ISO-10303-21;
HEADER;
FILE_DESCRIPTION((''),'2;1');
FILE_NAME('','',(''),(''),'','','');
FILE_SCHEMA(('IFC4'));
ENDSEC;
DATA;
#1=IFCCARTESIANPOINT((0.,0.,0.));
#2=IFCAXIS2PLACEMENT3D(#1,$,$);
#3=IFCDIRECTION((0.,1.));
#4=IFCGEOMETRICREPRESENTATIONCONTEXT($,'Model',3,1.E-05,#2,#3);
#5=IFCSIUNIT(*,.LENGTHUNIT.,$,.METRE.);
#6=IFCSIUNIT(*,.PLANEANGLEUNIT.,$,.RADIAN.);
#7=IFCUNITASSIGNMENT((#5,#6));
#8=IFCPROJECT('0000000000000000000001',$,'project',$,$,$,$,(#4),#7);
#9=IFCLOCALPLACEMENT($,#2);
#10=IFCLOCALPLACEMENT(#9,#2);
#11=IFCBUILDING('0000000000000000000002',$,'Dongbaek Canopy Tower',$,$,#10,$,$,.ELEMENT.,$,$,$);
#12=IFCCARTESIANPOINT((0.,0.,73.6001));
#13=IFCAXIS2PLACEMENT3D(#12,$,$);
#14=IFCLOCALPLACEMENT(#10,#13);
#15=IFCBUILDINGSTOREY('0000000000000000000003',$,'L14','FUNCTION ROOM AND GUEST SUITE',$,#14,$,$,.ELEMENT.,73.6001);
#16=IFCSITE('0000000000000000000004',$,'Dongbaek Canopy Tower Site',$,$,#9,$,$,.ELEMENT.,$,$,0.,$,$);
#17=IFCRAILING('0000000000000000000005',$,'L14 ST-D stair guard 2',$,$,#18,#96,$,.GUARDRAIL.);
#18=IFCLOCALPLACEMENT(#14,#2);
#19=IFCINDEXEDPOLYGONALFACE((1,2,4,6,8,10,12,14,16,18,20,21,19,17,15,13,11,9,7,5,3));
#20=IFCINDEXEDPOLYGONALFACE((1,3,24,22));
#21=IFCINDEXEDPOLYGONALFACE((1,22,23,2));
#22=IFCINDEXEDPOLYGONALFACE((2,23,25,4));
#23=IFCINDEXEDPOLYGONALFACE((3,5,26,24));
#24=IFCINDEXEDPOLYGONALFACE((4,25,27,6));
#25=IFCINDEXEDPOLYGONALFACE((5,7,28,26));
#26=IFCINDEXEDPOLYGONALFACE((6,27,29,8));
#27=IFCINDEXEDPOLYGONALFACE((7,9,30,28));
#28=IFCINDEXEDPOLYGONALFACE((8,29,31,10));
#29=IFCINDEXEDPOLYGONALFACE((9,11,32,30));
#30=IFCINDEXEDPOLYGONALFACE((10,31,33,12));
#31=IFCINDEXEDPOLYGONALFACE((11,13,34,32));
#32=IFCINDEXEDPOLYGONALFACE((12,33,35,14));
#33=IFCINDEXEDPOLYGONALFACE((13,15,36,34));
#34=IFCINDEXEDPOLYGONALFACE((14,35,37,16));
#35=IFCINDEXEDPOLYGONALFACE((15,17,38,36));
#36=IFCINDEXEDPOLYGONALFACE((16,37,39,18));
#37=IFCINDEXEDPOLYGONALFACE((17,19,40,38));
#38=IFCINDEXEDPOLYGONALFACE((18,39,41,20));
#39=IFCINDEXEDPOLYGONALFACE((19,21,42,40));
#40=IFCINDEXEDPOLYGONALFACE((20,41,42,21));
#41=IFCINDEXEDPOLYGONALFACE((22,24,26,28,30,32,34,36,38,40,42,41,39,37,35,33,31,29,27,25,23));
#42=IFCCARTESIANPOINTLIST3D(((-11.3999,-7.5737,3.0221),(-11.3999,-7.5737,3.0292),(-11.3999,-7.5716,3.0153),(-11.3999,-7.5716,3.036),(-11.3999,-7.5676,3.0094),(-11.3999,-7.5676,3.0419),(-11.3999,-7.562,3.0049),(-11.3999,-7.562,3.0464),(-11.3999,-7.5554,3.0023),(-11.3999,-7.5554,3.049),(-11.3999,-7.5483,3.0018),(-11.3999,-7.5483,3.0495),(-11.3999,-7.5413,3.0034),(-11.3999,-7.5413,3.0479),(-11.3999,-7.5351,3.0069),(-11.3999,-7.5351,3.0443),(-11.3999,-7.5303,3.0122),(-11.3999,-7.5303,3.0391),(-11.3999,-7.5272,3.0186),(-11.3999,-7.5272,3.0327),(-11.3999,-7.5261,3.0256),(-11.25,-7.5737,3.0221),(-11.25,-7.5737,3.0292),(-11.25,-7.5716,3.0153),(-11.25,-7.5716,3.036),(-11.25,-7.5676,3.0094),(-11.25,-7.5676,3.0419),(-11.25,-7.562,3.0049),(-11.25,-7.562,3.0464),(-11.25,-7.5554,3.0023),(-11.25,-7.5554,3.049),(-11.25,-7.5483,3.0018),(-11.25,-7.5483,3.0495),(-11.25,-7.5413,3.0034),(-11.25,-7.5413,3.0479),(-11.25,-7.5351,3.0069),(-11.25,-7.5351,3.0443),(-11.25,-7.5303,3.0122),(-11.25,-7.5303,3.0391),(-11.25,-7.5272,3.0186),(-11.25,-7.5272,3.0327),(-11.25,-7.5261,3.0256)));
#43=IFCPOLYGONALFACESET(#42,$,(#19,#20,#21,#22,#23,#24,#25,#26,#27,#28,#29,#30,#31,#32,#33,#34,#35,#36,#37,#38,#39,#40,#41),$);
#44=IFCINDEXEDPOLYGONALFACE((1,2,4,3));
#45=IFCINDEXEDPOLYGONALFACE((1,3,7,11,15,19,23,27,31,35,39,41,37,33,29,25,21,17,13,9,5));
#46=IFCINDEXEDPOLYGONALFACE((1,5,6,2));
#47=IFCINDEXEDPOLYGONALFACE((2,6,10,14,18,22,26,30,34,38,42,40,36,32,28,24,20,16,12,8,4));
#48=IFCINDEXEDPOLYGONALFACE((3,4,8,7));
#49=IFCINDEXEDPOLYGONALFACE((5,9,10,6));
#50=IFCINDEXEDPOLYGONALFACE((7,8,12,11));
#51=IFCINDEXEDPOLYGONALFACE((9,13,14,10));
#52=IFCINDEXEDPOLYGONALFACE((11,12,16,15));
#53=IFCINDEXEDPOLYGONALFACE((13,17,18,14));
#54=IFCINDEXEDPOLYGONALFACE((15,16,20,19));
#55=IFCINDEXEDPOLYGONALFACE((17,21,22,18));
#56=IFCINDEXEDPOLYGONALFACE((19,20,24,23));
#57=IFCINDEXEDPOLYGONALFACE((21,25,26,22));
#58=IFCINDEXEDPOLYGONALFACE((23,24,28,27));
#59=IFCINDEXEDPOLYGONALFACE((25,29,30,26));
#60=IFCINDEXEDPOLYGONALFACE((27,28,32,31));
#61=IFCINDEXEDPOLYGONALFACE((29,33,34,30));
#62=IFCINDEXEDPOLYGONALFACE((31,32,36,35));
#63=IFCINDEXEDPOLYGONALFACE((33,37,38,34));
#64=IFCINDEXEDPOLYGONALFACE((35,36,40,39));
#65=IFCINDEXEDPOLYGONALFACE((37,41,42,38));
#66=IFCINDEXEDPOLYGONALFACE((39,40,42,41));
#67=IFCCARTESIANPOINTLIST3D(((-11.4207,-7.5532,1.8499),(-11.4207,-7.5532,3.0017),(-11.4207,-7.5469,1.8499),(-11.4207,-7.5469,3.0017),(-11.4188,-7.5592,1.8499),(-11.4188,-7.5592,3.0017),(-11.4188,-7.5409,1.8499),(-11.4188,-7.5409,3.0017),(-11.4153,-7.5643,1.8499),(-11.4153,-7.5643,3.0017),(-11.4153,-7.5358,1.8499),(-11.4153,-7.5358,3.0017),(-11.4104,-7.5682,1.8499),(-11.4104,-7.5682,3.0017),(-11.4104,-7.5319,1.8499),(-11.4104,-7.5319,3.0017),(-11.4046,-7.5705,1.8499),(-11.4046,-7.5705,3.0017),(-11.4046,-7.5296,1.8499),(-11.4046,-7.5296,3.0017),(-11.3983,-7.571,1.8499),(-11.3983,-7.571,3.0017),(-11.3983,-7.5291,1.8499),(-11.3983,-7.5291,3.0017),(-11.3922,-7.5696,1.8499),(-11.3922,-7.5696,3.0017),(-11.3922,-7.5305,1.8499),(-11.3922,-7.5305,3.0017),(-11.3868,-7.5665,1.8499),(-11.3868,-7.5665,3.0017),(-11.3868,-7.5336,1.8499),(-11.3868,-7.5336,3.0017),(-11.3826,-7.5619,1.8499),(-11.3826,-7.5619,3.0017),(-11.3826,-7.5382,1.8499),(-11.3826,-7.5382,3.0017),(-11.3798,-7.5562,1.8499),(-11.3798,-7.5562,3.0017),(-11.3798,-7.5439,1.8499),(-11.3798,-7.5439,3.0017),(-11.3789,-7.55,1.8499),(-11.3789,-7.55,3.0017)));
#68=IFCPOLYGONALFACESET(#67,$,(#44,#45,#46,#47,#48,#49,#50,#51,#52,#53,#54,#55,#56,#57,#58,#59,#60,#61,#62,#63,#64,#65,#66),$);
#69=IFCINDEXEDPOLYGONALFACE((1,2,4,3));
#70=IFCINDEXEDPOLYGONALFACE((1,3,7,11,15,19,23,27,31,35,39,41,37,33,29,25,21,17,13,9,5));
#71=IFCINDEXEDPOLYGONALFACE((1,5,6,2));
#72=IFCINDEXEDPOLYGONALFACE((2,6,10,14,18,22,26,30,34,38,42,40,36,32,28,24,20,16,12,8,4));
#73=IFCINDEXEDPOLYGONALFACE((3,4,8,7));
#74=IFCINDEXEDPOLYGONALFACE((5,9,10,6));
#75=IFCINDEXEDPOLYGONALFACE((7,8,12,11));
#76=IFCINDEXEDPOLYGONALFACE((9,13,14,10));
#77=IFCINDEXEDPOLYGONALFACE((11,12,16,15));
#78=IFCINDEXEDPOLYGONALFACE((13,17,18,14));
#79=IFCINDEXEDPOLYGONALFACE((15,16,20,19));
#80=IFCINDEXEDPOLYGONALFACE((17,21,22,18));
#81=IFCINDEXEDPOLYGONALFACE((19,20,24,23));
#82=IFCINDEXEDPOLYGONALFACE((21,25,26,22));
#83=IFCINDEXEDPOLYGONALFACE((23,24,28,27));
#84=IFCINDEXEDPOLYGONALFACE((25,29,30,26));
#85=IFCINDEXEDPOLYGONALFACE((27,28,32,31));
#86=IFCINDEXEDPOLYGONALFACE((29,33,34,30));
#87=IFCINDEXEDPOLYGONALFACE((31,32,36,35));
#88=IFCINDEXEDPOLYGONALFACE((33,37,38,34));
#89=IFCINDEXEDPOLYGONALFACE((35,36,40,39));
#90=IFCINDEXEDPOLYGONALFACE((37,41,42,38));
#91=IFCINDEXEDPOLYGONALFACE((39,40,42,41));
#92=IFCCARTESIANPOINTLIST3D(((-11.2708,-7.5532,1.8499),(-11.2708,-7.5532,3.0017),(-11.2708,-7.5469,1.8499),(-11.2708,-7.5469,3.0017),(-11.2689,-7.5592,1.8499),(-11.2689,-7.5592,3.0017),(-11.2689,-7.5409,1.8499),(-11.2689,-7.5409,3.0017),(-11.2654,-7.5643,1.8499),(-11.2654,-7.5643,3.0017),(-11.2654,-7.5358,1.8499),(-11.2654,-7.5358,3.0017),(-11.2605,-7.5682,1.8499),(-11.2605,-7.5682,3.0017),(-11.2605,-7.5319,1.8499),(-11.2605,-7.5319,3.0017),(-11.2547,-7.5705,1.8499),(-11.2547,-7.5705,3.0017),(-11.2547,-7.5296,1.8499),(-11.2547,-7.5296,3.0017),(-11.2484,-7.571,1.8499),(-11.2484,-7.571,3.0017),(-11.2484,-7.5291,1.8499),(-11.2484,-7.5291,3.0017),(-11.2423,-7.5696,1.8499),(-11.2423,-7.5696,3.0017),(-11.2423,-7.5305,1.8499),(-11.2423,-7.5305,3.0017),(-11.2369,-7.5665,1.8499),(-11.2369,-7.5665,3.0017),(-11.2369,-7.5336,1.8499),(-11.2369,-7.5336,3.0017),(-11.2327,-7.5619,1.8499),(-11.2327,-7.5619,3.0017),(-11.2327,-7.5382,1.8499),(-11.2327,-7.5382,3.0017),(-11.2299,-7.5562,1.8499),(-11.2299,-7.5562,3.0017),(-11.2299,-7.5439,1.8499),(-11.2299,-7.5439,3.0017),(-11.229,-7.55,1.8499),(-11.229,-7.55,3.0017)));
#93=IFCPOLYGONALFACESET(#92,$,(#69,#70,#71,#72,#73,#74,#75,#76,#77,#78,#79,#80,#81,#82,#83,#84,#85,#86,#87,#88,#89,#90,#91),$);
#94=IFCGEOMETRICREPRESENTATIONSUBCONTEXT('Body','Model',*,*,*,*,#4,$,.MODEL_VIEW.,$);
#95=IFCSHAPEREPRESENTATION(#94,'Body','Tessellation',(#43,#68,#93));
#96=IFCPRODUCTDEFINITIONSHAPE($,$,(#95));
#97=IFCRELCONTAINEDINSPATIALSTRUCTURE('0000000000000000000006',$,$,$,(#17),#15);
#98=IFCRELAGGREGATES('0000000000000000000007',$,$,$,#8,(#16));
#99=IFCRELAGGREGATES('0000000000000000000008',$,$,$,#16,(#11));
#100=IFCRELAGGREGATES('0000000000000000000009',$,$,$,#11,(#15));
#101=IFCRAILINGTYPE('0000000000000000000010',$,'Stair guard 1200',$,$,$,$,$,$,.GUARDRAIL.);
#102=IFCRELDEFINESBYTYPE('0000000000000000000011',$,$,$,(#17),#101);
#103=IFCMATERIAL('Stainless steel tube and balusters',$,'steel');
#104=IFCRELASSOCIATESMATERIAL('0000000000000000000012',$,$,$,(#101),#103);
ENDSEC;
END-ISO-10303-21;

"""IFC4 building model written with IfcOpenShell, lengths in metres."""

from ifc_helpers import new_model, si_unit, direction, frame, origin, origin_2d, place, context, subcontext, project, spatial, circle, extrude, material, type_object, element, save


model = new_model("IFC4")

# Units and contexts
model_context = context("Model", 3, precision=1e-05, world=origin(), true_north=direction((0.0, 1.0)))
body_context = subcontext(model_context, "Body", "Model", "MODEL_VIEW")
ifc_project = project(units=[si_unit("LENGTHUNIT", "METRE"), si_unit("PLANEANGLEUNIT", "RADIAN")], contexts=[model_context])

# Site, building, storey
site_placement = place(None, origin())
site = spatial("IfcSite", under=ifc_project, at=site_placement, Name="Dongbaek Canopy Tower Site", CompositionType="ELEMENT", RefElevation=0.0)
building_placement = place(site_placement, origin())
building = spatial("IfcBuilding", under=site, at=building_placement, Name="Dongbaek Canopy Tower", CompositionType="ELEMENT")
storey_placement = place(building_placement, frame((0.0, 0.0, 73.6001)))
storey = spatial("IfcBuildingStorey", under=building, at=storey_placement, Name="L14", Description="FUNCTION ROOM AND GUEST SUITE", CompositionType="ELEMENT", Elevation=73.6001)

# Railing
ifc_material_1 = material(Name="Stainless steel tube and balusters", Category="steel")
railing_type_1 = type_object("IfcRailingType", Name="Stair guard 1200", PredefinedType="GUARDRAIL", material=ifc_material_1)
railing_1_placement = place(storey_placement, frame((-11.3999, -7.55, 1.8499)))
element("IfcRailing", 1, at=railing_1_placement, inside=storey, type_object=railing_type_1, Name="L14 ST-D stair guard 2", PredefinedType="GUARDRAIL", context=body_context, shape_type="SweptSolid", body=[
    extrude(circle(Radius=0.0239, at=origin_2d()), frame((0.0, 0.0, 1.1758), z_axis=(1.0, 0.0, 0.0), x_axis=(0.0, 1.0, 0.0)), (0.0, 0.0, 1.0), 0.1499),
    extrude(circle(Radius=0.021, at=origin_2d()), origin(), (0.0, 0.0, 1.0), 1.1519),
    extrude(circle(Radius=0.021, at=origin_2d()), frame((0.1499, 0.0, 0.0)), (0.0, 0.0, 1.0), 1.1519),
])

save(model, "model.ifc")
